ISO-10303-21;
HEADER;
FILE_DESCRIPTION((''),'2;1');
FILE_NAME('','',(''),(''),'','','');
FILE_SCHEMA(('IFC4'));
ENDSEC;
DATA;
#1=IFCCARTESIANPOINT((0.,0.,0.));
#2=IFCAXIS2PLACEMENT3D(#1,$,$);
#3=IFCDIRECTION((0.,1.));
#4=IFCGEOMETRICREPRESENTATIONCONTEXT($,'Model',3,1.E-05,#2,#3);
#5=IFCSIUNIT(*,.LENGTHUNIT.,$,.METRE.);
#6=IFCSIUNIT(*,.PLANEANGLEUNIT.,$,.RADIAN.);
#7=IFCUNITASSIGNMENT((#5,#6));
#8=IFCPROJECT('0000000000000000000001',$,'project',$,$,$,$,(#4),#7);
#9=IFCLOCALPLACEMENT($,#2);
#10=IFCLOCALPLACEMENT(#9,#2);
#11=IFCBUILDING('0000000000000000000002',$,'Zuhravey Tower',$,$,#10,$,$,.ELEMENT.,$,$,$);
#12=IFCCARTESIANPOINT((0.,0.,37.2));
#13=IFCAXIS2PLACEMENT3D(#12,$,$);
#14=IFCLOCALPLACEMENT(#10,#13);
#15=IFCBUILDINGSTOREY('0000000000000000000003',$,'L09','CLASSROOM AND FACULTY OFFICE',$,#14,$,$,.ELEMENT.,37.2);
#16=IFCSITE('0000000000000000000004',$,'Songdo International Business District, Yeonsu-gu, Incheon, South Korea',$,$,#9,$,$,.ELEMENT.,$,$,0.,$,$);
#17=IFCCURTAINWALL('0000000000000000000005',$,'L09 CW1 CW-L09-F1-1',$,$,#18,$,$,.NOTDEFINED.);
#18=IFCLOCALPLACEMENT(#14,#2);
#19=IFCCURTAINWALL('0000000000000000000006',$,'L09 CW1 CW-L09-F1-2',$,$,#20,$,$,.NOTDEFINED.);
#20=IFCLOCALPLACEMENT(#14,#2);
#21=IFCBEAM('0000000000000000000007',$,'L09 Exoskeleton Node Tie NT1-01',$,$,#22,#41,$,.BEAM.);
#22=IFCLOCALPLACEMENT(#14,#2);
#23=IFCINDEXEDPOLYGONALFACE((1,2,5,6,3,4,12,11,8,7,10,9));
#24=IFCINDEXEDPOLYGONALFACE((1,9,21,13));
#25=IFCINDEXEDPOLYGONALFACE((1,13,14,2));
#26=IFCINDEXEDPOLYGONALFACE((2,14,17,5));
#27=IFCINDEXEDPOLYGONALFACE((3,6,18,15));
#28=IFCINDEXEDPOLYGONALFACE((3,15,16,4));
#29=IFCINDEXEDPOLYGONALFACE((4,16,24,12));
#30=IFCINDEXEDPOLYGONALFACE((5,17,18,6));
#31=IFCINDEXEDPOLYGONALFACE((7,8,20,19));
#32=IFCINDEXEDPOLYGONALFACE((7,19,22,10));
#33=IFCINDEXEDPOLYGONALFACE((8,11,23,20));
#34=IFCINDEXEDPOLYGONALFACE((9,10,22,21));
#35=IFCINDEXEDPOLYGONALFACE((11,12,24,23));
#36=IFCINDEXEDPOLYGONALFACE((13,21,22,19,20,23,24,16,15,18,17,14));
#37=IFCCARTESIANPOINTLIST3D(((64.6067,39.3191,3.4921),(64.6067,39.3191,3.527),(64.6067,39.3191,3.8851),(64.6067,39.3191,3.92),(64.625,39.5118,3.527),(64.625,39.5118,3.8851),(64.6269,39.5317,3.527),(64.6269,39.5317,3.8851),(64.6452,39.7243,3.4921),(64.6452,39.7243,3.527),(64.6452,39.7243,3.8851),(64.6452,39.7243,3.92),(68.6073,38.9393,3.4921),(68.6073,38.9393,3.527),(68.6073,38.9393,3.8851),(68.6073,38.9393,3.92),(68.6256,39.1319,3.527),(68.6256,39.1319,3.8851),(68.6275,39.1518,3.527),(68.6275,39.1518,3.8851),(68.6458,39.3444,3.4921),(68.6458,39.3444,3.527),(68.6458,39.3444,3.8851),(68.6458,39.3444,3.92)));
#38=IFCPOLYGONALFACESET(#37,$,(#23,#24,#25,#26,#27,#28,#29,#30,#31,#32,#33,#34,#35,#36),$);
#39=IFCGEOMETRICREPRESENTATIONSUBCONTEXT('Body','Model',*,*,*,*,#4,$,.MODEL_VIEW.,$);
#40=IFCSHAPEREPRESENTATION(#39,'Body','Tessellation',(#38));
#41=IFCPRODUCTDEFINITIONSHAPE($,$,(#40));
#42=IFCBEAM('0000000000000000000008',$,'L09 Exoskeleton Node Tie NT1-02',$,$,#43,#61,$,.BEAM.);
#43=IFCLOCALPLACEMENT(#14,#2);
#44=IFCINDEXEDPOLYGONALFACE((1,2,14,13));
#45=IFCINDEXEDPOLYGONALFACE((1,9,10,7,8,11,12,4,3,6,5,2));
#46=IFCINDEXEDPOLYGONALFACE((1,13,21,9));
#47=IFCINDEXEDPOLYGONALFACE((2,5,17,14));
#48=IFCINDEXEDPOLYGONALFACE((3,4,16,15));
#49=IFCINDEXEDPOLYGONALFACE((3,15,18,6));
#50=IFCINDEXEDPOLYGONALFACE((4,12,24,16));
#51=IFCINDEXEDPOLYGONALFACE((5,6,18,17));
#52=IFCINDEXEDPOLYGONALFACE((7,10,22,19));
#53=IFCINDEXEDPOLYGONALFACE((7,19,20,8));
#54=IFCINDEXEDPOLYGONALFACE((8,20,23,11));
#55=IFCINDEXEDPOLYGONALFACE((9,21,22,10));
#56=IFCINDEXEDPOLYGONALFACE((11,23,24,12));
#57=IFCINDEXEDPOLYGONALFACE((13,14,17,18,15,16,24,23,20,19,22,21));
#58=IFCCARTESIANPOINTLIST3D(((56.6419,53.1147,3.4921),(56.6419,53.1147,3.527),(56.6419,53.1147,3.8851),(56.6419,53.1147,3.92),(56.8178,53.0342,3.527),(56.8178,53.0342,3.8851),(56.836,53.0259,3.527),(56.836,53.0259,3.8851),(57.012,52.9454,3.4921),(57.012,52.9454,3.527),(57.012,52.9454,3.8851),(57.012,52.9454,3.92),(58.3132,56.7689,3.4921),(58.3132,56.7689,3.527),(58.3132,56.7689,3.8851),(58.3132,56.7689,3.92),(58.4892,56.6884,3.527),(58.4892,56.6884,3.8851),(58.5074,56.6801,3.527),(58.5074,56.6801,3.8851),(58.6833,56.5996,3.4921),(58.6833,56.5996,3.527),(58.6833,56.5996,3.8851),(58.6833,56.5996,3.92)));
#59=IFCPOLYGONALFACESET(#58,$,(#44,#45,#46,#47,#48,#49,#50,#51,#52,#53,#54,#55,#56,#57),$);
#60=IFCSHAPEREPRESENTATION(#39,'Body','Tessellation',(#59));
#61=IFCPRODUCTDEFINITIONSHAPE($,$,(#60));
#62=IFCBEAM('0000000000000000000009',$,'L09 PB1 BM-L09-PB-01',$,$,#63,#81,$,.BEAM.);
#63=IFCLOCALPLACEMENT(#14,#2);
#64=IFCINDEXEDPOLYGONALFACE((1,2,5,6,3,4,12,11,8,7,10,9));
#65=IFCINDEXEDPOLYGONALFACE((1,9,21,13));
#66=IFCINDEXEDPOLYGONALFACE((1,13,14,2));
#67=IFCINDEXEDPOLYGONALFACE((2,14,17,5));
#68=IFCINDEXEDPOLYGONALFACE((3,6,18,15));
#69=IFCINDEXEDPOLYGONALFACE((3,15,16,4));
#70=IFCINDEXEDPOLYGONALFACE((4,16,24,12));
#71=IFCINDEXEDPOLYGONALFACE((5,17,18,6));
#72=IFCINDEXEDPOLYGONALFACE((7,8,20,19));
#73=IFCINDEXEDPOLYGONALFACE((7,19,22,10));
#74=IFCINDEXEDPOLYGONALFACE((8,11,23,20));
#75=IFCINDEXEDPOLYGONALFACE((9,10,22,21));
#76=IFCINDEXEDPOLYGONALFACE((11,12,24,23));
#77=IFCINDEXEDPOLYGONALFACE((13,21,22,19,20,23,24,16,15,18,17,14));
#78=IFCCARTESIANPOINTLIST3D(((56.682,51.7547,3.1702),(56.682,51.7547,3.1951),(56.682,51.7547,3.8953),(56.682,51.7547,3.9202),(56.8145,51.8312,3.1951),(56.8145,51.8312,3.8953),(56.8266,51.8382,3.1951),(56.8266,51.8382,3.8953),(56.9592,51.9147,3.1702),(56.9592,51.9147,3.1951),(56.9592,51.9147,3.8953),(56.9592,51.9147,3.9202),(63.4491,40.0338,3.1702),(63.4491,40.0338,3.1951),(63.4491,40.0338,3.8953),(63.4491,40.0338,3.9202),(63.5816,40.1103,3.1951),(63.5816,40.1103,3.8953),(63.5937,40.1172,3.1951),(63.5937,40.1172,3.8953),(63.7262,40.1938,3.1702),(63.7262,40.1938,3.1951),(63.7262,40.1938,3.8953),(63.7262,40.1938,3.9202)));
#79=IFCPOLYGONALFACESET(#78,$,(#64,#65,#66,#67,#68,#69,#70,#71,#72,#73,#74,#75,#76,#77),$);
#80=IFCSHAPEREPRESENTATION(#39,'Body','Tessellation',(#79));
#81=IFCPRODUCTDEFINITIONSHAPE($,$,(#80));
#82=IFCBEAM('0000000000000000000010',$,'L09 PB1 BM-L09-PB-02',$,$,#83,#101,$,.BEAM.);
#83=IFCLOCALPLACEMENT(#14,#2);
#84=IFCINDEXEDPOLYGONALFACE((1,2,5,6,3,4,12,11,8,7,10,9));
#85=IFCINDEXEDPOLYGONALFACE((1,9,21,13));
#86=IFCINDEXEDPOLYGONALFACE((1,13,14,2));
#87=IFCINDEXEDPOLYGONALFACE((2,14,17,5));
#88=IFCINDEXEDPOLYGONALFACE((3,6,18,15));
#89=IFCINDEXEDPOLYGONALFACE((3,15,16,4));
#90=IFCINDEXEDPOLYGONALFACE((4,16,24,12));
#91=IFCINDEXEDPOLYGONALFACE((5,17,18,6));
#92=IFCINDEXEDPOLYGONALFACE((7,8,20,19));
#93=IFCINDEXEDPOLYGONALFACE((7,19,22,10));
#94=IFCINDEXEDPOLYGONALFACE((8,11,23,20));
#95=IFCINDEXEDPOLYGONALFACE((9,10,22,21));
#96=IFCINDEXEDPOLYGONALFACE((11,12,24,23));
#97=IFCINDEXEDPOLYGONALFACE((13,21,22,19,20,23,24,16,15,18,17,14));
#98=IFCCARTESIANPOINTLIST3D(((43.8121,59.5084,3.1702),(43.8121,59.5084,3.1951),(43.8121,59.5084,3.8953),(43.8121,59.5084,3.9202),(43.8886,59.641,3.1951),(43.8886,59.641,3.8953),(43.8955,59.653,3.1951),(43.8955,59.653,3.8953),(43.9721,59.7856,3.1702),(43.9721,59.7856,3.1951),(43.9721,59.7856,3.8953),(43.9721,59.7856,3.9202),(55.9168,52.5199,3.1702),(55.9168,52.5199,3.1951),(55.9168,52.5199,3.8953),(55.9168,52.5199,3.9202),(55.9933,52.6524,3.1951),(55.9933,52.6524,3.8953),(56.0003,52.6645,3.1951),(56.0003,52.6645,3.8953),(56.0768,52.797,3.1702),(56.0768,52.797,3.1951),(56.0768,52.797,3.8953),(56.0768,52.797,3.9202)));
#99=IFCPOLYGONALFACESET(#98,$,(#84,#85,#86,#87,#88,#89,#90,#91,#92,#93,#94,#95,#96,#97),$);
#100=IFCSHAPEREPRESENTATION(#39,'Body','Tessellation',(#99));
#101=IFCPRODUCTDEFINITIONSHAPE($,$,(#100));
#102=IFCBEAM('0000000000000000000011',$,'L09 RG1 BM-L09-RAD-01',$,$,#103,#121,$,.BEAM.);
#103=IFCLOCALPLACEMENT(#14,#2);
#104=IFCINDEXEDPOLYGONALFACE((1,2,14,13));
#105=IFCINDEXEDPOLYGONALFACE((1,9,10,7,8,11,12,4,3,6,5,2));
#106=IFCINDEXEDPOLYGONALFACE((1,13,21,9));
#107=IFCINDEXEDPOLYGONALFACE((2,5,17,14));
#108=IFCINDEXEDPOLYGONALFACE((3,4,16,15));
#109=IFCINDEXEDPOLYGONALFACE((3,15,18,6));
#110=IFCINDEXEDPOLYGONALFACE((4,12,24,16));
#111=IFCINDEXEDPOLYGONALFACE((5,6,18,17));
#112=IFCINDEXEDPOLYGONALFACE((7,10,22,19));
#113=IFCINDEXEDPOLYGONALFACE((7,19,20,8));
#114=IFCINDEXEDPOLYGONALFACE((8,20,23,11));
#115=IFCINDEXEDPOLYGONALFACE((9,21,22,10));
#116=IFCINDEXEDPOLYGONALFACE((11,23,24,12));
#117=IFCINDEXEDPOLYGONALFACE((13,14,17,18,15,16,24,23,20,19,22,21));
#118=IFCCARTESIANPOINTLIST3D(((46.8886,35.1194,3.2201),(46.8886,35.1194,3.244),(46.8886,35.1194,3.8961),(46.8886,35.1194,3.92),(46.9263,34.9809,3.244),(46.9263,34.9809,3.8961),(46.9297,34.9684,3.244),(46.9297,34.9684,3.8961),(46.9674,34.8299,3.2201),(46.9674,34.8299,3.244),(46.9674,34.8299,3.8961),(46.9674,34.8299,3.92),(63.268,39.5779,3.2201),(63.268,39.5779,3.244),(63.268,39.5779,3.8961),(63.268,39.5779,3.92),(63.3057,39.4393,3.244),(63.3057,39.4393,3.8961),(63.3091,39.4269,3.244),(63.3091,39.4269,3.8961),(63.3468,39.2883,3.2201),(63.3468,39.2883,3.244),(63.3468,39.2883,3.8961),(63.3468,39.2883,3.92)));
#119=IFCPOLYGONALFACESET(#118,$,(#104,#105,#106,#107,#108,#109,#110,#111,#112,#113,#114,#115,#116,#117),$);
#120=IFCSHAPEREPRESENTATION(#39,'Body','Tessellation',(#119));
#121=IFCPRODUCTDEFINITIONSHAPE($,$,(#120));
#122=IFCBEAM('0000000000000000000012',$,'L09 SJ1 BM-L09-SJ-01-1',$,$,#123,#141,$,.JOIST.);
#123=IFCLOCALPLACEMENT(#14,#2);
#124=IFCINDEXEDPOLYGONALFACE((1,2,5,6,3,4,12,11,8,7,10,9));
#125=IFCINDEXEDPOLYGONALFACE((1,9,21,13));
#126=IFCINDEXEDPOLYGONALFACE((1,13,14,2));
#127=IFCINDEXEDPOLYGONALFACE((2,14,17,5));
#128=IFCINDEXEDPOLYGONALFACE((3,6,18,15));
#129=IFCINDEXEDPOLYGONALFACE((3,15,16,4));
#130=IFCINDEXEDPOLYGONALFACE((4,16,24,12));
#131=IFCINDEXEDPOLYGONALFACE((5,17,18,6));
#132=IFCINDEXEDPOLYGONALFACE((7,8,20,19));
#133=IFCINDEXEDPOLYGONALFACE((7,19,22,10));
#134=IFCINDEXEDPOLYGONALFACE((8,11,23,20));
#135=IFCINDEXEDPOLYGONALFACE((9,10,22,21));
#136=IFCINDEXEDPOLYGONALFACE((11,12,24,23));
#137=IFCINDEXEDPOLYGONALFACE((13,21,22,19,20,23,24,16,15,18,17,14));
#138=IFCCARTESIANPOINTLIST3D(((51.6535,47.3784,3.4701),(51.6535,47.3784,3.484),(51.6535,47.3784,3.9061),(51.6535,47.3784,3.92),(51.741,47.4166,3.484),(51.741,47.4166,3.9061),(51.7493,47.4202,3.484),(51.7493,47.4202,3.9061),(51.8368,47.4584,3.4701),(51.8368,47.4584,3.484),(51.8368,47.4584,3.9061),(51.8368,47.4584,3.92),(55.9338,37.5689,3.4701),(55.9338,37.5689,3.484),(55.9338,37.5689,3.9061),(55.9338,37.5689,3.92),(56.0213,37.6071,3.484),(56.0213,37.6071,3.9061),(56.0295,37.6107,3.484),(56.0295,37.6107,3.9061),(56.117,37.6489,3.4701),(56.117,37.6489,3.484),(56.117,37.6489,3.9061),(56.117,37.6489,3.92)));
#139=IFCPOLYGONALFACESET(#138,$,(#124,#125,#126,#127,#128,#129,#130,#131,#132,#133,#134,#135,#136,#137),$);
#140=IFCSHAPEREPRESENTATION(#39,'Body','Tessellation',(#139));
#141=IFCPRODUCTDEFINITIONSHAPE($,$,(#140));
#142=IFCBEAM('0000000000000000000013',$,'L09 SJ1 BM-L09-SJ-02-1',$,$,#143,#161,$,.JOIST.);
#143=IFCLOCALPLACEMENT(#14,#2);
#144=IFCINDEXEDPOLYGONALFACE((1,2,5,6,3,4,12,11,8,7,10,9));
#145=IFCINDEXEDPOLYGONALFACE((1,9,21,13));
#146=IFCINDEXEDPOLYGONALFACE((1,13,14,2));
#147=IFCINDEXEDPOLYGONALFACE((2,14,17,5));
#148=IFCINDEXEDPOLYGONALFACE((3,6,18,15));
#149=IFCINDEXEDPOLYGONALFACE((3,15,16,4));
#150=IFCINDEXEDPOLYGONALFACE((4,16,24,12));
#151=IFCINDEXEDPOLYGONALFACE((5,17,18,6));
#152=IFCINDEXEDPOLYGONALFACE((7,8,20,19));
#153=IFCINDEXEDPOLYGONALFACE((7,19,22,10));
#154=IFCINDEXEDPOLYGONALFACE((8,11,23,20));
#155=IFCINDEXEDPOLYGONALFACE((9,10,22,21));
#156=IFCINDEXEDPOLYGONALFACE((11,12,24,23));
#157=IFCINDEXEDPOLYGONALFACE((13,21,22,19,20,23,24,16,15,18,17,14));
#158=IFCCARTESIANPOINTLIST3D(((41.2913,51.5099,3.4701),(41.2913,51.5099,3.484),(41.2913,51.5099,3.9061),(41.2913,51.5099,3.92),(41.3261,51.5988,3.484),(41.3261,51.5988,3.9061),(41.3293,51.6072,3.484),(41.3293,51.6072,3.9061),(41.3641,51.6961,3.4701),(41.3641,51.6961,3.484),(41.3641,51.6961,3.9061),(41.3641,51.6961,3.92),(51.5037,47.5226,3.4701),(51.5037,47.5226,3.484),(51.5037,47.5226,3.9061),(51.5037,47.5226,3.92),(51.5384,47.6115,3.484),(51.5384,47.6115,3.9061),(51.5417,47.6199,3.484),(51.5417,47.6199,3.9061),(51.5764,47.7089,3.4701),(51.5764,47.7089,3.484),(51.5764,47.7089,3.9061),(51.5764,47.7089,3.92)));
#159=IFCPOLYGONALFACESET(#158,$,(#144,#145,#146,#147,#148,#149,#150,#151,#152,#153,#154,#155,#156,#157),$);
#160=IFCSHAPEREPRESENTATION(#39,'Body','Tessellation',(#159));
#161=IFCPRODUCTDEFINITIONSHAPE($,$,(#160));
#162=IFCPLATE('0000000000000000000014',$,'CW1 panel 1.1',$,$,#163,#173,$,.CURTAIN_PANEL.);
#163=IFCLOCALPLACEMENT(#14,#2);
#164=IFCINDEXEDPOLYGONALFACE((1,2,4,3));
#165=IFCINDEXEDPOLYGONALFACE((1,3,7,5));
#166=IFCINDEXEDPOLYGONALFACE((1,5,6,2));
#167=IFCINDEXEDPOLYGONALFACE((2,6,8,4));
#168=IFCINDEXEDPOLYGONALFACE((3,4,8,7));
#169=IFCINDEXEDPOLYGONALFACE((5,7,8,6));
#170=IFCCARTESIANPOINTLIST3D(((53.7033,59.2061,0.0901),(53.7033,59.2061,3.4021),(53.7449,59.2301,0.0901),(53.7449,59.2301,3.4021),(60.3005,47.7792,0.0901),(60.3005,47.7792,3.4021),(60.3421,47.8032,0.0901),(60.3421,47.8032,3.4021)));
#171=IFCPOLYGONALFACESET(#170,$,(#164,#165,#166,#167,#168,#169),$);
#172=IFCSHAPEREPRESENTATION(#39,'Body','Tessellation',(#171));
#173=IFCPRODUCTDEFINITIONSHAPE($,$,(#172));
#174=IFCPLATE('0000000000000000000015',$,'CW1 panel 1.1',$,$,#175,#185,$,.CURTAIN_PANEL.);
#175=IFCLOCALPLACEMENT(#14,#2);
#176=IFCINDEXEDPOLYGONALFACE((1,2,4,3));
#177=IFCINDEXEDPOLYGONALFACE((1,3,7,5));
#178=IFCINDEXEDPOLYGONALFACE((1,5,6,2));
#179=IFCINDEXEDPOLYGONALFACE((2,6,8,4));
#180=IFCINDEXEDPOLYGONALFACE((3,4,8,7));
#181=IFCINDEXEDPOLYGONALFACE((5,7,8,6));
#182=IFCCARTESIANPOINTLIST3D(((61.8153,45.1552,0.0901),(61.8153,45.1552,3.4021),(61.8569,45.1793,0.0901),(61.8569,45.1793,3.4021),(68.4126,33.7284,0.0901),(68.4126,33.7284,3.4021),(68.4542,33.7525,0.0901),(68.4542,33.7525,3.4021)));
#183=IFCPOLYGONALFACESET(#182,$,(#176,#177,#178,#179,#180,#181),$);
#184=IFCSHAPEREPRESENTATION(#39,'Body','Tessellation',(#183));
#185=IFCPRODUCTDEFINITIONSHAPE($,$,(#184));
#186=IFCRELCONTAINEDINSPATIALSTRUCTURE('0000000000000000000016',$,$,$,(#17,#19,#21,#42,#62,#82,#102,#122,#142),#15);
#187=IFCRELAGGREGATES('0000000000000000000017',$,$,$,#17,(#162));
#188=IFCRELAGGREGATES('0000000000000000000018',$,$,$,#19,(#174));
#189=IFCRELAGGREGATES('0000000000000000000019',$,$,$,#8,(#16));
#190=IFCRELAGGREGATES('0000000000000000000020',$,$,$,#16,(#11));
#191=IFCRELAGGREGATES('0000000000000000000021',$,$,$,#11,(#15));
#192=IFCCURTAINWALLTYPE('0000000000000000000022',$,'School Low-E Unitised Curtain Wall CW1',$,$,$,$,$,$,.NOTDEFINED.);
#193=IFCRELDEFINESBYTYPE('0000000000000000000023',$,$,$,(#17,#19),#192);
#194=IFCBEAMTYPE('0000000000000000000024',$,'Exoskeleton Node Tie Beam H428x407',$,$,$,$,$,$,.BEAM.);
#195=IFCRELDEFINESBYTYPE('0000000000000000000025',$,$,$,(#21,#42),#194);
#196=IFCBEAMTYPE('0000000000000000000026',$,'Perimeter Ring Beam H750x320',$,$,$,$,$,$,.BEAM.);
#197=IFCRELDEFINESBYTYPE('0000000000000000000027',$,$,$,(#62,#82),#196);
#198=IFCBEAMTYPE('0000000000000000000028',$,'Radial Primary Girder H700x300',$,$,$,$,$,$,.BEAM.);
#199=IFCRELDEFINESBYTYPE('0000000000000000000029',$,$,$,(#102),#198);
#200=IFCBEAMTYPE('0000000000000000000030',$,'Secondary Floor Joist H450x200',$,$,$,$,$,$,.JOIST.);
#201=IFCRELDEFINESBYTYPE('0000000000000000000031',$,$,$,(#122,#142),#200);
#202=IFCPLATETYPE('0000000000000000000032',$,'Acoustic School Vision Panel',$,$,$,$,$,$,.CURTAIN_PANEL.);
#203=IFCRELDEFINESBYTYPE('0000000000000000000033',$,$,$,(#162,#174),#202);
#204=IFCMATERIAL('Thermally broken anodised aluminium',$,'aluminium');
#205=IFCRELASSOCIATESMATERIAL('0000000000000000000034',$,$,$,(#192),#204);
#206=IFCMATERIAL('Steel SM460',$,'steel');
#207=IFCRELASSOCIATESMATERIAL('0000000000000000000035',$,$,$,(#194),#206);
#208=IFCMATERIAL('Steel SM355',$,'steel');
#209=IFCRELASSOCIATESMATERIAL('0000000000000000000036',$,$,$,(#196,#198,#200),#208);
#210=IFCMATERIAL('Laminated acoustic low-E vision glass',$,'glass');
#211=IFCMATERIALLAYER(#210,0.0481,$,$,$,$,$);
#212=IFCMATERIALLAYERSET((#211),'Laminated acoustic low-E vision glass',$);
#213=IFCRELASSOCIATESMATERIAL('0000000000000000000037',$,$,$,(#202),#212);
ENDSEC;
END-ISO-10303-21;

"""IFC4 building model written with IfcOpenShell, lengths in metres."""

from ifc_helpers import new_model, si_unit, direction, frame, origin, origin_2d, place, context, subcontext, project, spatial, rectangle, i_section, extrude, material, layer, layer_set, material_profile, profile_set, type_object, element, aggregate, save


model = new_model("IFC4")

# Units and contexts
model_context = context("Model", 3, precision=1e-05, world=origin(), true_north=direction((0.0, 1.0)))
body_context = subcontext(model_context, "Body", "Model", "MODEL_VIEW")
ifc_project = project(units=[si_unit("LENGTHUNIT", "METRE"), si_unit("PLANEANGLEUNIT", "RADIAN")], contexts=[model_context])

# Site, building, storey
site_placement = place(None, origin())
site = spatial("IfcSite", under=ifc_project, at=site_placement, Name="Songdo International Business District, Yeonsu-gu, Incheon, South Korea", CompositionType="ELEMENT", RefElevation=0.0)
building_placement = place(site_placement, origin())
building = spatial("IfcBuilding", under=site, at=building_placement, Name="Zuhravey Tower", CompositionType="ELEMENT")
storey_placement = place(building_placement, frame((0.0, 0.0, 37.2)))
storey = spatial("IfcBuildingStorey", under=building, at=storey_placement, Name="L09", Description="CLASSROOM AND FACULTY OFFICE", CompositionType="ELEMENT", Elevation=37.2)

# Shared definitions
ifc_material_1 = material(Name="Thermally broken anodised aluminium", Category="aluminium")
curtain_wall_type = type_object("IfcCurtainWallType", Name="School Low-E Unitised Curtain Wall CW1", PredefinedType="NOTDEFINED", material=ifc_material_1)

# Curtain walls
curtain_wall_1_placement = place(storey_placement, origin())
curtain_wall_1 = element("IfcCurtainWall", 1, at=curtain_wall_1_placement, inside=storey, type_object=curtain_wall_type, Name="L09 CW1 CW-L09-F1-1", PredefinedType="NOTDEFINED")
curtain_wall_2_placement = place(storey_placement, origin())
curtain_wall_2 = element("IfcCurtainWall", 2, at=curtain_wall_2_placement, inside=storey, type_object=curtain_wall_type, Name="L09 CW1 CW-L09-F1-2", PredefinedType="NOTDEFINED")

# Beams
ifc_material_2 = material(Name="Steel SM460", Category="steel")
ifc_material_profile_1 = material_profile(ifc_material_2, i_section(OverallWidth=0.407, OverallDepth=0.428, WebThickness=0.02, FlangeThickness=0.0349, at=origin_2d()), Name="H-428x407x20x35")
ifc_profile_set_1 = profile_set([ifc_material_profile_1], Name="Steel SM460")
beam_type_1 = type_object("IfcBeamType", Name="Exoskeleton Node Tie Beam H428x407", PredefinedType="BEAM", material=ifc_profile_set_1)
beam_1_placement = place(storey_placement, frame((64.626, 39.5217, 3.7061), z_axis=(0.995522, -0.094534, 0.0), x_axis=(0.094534, 0.995522, 0.0)))
element("IfcBeam", 3, at=beam_1_placement, inside=storey, type_object=beam_type_1, Name="L09 Exoskeleton Node Tie NT1-01", PredefinedType="BEAM", context=body_context, shape_type="SweptSolid", body=[
    extrude(i_section(OverallWidth=0.407, OverallDepth=0.428, WebThickness=0.02, FlangeThickness=0.0349, at=origin_2d()), origin(), (0.0, 0.0, 1.0), 4.0186),
])
beam_2_placement = place(storey_placement, frame((56.8269, 53.03, 3.7061), z_axis=(0.415935, 0.909394, 0.0), x_axis=(-0.909394, 0.415935, 0.0)))
element("IfcBeam", 4, at=beam_2_placement, inside=storey, type_object=beam_type_1, Name="L09 Exoskeleton Node Tie NT1-02", PredefinedType="BEAM", context=body_context, shape_type="SweptSolid", body=[
    extrude(i_section(OverallWidth=0.407, OverallDepth=0.428, WebThickness=0.02, FlangeThickness=0.0349, at=origin_2d()), origin(), (0.0, 0.0, 1.0), 4.0183),
])
ifc_material_3 = material(Name="Steel SM355", Category="steel")
ifc_material_profile_2 = material_profile(ifc_material_3, i_section(OverallWidth=0.3201, OverallDepth=0.75, WebThickness=0.0139, FlangeThickness=0.0249, at=origin_2d()), Name="H-750x320x14x25")
ifc_profile_set_2 = profile_set([ifc_material_profile_2], Name="Steel SM355")
beam_type_2 = type_object("IfcBeamType", Name="Perimeter Ring Beam H750x320", PredefinedType="BEAM", material=ifc_profile_set_2)
beam_3_placement = place(storey_placement, frame((63.5876, 40.1138, 3.5452), z_axis=(-0.5, 0.866025, 0.0), x_axis=(-0.866025, -0.5, 0.0)))
element("IfcBeam", 5, at=beam_3_placement, inside=storey, type_object=beam_type_2, Name="L09 PB1 BM-L09-PB-01", PredefinedType="BEAM", context=body_context, shape_type="SweptSolid", body=[
    extrude(i_section(OverallWidth=0.3201, OverallDepth=0.75, WebThickness=0.0139, FlangeThickness=0.0249, at=origin_2d()), origin(), (0.0, 0.0, 1.0), 13.5342),
])
beam_4_placement = place(storey_placement, frame((55.9968, 52.6584, 3.5452), z_axis=(-0.86603, 0.499992, 0.0), x_axis=(-0.499992, -0.86603, 0.0)))
element("IfcBeam", 6, at=beam_4_placement, inside=storey, type_object=beam_type_2, Name="L09 PB1 BM-L09-PB-02", PredefinedType="BEAM", context=body_context, shape_type="SweptSolid", body=[
    extrude(i_section(OverallWidth=0.3201, OverallDepth=0.75, WebThickness=0.0139, FlangeThickness=0.0249, at=origin_2d()), origin(), (0.0, 0.0, 1.0), 13.9773),
])
ifc_material_profile_3 = material_profile(ifc_material_3, i_section(OverallWidth=0.3, OverallDepth=0.7, WebThickness=0.0129, FlangeThickness=0.0239, at=origin_2d()), Name="H-700x300x13x24")
ifc_profile_set_3 = profile_set([ifc_material_profile_3], Name="Steel SM355")
beam_type_3 = type_object("IfcBeamType", Name="Radial Primary Girder H700x300", PredefinedType="BEAM", material=ifc_profile_set_3)
beam_5_placement = place(storey_placement, frame((46.928, 34.9746, 3.5701), z_axis=(0.964892, 0.262645, 0.0), x_axis=(-0.262645, 0.964892, 0.0)))
element("IfcBeam", 7, at=beam_5_placement, inside=storey, type_object=beam_type_3, Name="L09 RG1 BM-L09-RAD-01", PredefinedType="BEAM", context=body_context, shape_type="SweptSolid", body=[
    extrude(i_section(OverallWidth=0.3, OverallDepth=0.7, WebThickness=0.0129, FlangeThickness=0.0239, at=origin_2d()), origin(), (0.0, 0.0, 1.0), 16.9753),
])
ifc_material_profile_4 = material_profile(ifc_material_3, i_section(OverallWidth=0.2, OverallDepth=0.45, WebThickness=0.009, FlangeThickness=0.0139, at=origin_2d()), Name="H-450x200x9x14")
ifc_profile_set_4 = profile_set([ifc_material_profile_4], Name="Steel SM355")
beam_type_4 = type_object("IfcBeamType", Name="Secondary Floor Joist H450x200", PredefinedType="JOIST", material=ifc_profile_set_4)
beam_6_placement = place(storey_placement, frame((56.0254, 37.6089, 3.6951), z_axis=(-0.399924, 0.916549, 0.0), x_axis=(-0.916549, -0.399924, 0.0)))
element("IfcBeam", 8, at=beam_6_placement, inside=storey, type_object=beam_type_4, Name="L09 SJ1 BM-L09-SJ-01-1", PredefinedType="JOIST", context=body_context, shape_type="SweptSolid", body=[
    extrude(i_section(OverallWidth=0.2, OverallDepth=0.45, WebThickness=0.009, FlangeThickness=0.0139, at=origin_2d()), origin(), (0.0, 0.0, 1.0), 10.7026),
])
beam_7_placement = place(storey_placement, frame((51.54, 47.6157, 3.6951), z_axis=(-0.931517, 0.363699, 0.0), x_axis=(-0.363699, -0.931517, 0.0)))
element("IfcBeam", 9, at=beam_7_placement, inside=storey, type_object=beam_type_4, Name="L09 SJ1 BM-L09-SJ-02-1", PredefinedType="JOIST", context=body_context, shape_type="SweptSolid", body=[
    extrude(i_section(OverallWidth=0.2, OverallDepth=0.45, WebThickness=0.009, FlangeThickness=0.0139, at=origin_2d()), origin(), (0.0, 0.0, 1.0), 10.9631),
])

# Plates
ifc_material_4 = material(Name="Laminated acoustic low-E vision glass", Category="glass")
ifc_layer_1 = layer(ifc_material_4, 0.0481)
ifc_layer_set_1 = layer_set([ifc_layer_1], Name="Laminated acoustic low-E vision glass")
plate_type = type_object("IfcPlateType", Name="Acoustic School Vision Panel", PredefinedType="CURTAIN_PANEL", material=ifc_layer_set_1)
plate_1_placement = place(storey_placement, frame((57.0227, 53.5046, 0.0901), z_axis=(0.0, 0.0, 1.0), x_axis=(0.499996, -0.866028, 0.0)))
plate_1 = element("IfcPlate", 10, at=plate_1_placement, type_object=plate_type, Name="CW1 panel 1.1", PredefinedType="CURTAIN_PANEL", context=body_context, shape_type="SweptSolid", body=[
    extrude(rectangle(XDim=13.1946, YDim=0.0481, at=origin_2d()), origin(), (0.0, 0.0, 1.0), 3.312),
])
aggregate(curtain_wall_1, [plate_1])
plate_2_placement = place(storey_placement, frame((65.1348, 39.4539, 0.0901), z_axis=(0.0, 0.0, 1.0), x_axis=(0.500001, -0.866025, 0.0)))
plate_2 = element("IfcPlate", 11, at=plate_2_placement, type_object=plate_type, Name="CW1 panel 1.1", PredefinedType="CURTAIN_PANEL", context=body_context, shape_type="SweptSolid", body=[
    extrude(rectangle(XDim=13.1946, YDim=0.0481, at=origin_2d()), origin(), (0.0, 0.0, 1.0), 3.312),
])
aggregate(curtain_wall_2, [plate_2])

save(model, "model.ifc")
